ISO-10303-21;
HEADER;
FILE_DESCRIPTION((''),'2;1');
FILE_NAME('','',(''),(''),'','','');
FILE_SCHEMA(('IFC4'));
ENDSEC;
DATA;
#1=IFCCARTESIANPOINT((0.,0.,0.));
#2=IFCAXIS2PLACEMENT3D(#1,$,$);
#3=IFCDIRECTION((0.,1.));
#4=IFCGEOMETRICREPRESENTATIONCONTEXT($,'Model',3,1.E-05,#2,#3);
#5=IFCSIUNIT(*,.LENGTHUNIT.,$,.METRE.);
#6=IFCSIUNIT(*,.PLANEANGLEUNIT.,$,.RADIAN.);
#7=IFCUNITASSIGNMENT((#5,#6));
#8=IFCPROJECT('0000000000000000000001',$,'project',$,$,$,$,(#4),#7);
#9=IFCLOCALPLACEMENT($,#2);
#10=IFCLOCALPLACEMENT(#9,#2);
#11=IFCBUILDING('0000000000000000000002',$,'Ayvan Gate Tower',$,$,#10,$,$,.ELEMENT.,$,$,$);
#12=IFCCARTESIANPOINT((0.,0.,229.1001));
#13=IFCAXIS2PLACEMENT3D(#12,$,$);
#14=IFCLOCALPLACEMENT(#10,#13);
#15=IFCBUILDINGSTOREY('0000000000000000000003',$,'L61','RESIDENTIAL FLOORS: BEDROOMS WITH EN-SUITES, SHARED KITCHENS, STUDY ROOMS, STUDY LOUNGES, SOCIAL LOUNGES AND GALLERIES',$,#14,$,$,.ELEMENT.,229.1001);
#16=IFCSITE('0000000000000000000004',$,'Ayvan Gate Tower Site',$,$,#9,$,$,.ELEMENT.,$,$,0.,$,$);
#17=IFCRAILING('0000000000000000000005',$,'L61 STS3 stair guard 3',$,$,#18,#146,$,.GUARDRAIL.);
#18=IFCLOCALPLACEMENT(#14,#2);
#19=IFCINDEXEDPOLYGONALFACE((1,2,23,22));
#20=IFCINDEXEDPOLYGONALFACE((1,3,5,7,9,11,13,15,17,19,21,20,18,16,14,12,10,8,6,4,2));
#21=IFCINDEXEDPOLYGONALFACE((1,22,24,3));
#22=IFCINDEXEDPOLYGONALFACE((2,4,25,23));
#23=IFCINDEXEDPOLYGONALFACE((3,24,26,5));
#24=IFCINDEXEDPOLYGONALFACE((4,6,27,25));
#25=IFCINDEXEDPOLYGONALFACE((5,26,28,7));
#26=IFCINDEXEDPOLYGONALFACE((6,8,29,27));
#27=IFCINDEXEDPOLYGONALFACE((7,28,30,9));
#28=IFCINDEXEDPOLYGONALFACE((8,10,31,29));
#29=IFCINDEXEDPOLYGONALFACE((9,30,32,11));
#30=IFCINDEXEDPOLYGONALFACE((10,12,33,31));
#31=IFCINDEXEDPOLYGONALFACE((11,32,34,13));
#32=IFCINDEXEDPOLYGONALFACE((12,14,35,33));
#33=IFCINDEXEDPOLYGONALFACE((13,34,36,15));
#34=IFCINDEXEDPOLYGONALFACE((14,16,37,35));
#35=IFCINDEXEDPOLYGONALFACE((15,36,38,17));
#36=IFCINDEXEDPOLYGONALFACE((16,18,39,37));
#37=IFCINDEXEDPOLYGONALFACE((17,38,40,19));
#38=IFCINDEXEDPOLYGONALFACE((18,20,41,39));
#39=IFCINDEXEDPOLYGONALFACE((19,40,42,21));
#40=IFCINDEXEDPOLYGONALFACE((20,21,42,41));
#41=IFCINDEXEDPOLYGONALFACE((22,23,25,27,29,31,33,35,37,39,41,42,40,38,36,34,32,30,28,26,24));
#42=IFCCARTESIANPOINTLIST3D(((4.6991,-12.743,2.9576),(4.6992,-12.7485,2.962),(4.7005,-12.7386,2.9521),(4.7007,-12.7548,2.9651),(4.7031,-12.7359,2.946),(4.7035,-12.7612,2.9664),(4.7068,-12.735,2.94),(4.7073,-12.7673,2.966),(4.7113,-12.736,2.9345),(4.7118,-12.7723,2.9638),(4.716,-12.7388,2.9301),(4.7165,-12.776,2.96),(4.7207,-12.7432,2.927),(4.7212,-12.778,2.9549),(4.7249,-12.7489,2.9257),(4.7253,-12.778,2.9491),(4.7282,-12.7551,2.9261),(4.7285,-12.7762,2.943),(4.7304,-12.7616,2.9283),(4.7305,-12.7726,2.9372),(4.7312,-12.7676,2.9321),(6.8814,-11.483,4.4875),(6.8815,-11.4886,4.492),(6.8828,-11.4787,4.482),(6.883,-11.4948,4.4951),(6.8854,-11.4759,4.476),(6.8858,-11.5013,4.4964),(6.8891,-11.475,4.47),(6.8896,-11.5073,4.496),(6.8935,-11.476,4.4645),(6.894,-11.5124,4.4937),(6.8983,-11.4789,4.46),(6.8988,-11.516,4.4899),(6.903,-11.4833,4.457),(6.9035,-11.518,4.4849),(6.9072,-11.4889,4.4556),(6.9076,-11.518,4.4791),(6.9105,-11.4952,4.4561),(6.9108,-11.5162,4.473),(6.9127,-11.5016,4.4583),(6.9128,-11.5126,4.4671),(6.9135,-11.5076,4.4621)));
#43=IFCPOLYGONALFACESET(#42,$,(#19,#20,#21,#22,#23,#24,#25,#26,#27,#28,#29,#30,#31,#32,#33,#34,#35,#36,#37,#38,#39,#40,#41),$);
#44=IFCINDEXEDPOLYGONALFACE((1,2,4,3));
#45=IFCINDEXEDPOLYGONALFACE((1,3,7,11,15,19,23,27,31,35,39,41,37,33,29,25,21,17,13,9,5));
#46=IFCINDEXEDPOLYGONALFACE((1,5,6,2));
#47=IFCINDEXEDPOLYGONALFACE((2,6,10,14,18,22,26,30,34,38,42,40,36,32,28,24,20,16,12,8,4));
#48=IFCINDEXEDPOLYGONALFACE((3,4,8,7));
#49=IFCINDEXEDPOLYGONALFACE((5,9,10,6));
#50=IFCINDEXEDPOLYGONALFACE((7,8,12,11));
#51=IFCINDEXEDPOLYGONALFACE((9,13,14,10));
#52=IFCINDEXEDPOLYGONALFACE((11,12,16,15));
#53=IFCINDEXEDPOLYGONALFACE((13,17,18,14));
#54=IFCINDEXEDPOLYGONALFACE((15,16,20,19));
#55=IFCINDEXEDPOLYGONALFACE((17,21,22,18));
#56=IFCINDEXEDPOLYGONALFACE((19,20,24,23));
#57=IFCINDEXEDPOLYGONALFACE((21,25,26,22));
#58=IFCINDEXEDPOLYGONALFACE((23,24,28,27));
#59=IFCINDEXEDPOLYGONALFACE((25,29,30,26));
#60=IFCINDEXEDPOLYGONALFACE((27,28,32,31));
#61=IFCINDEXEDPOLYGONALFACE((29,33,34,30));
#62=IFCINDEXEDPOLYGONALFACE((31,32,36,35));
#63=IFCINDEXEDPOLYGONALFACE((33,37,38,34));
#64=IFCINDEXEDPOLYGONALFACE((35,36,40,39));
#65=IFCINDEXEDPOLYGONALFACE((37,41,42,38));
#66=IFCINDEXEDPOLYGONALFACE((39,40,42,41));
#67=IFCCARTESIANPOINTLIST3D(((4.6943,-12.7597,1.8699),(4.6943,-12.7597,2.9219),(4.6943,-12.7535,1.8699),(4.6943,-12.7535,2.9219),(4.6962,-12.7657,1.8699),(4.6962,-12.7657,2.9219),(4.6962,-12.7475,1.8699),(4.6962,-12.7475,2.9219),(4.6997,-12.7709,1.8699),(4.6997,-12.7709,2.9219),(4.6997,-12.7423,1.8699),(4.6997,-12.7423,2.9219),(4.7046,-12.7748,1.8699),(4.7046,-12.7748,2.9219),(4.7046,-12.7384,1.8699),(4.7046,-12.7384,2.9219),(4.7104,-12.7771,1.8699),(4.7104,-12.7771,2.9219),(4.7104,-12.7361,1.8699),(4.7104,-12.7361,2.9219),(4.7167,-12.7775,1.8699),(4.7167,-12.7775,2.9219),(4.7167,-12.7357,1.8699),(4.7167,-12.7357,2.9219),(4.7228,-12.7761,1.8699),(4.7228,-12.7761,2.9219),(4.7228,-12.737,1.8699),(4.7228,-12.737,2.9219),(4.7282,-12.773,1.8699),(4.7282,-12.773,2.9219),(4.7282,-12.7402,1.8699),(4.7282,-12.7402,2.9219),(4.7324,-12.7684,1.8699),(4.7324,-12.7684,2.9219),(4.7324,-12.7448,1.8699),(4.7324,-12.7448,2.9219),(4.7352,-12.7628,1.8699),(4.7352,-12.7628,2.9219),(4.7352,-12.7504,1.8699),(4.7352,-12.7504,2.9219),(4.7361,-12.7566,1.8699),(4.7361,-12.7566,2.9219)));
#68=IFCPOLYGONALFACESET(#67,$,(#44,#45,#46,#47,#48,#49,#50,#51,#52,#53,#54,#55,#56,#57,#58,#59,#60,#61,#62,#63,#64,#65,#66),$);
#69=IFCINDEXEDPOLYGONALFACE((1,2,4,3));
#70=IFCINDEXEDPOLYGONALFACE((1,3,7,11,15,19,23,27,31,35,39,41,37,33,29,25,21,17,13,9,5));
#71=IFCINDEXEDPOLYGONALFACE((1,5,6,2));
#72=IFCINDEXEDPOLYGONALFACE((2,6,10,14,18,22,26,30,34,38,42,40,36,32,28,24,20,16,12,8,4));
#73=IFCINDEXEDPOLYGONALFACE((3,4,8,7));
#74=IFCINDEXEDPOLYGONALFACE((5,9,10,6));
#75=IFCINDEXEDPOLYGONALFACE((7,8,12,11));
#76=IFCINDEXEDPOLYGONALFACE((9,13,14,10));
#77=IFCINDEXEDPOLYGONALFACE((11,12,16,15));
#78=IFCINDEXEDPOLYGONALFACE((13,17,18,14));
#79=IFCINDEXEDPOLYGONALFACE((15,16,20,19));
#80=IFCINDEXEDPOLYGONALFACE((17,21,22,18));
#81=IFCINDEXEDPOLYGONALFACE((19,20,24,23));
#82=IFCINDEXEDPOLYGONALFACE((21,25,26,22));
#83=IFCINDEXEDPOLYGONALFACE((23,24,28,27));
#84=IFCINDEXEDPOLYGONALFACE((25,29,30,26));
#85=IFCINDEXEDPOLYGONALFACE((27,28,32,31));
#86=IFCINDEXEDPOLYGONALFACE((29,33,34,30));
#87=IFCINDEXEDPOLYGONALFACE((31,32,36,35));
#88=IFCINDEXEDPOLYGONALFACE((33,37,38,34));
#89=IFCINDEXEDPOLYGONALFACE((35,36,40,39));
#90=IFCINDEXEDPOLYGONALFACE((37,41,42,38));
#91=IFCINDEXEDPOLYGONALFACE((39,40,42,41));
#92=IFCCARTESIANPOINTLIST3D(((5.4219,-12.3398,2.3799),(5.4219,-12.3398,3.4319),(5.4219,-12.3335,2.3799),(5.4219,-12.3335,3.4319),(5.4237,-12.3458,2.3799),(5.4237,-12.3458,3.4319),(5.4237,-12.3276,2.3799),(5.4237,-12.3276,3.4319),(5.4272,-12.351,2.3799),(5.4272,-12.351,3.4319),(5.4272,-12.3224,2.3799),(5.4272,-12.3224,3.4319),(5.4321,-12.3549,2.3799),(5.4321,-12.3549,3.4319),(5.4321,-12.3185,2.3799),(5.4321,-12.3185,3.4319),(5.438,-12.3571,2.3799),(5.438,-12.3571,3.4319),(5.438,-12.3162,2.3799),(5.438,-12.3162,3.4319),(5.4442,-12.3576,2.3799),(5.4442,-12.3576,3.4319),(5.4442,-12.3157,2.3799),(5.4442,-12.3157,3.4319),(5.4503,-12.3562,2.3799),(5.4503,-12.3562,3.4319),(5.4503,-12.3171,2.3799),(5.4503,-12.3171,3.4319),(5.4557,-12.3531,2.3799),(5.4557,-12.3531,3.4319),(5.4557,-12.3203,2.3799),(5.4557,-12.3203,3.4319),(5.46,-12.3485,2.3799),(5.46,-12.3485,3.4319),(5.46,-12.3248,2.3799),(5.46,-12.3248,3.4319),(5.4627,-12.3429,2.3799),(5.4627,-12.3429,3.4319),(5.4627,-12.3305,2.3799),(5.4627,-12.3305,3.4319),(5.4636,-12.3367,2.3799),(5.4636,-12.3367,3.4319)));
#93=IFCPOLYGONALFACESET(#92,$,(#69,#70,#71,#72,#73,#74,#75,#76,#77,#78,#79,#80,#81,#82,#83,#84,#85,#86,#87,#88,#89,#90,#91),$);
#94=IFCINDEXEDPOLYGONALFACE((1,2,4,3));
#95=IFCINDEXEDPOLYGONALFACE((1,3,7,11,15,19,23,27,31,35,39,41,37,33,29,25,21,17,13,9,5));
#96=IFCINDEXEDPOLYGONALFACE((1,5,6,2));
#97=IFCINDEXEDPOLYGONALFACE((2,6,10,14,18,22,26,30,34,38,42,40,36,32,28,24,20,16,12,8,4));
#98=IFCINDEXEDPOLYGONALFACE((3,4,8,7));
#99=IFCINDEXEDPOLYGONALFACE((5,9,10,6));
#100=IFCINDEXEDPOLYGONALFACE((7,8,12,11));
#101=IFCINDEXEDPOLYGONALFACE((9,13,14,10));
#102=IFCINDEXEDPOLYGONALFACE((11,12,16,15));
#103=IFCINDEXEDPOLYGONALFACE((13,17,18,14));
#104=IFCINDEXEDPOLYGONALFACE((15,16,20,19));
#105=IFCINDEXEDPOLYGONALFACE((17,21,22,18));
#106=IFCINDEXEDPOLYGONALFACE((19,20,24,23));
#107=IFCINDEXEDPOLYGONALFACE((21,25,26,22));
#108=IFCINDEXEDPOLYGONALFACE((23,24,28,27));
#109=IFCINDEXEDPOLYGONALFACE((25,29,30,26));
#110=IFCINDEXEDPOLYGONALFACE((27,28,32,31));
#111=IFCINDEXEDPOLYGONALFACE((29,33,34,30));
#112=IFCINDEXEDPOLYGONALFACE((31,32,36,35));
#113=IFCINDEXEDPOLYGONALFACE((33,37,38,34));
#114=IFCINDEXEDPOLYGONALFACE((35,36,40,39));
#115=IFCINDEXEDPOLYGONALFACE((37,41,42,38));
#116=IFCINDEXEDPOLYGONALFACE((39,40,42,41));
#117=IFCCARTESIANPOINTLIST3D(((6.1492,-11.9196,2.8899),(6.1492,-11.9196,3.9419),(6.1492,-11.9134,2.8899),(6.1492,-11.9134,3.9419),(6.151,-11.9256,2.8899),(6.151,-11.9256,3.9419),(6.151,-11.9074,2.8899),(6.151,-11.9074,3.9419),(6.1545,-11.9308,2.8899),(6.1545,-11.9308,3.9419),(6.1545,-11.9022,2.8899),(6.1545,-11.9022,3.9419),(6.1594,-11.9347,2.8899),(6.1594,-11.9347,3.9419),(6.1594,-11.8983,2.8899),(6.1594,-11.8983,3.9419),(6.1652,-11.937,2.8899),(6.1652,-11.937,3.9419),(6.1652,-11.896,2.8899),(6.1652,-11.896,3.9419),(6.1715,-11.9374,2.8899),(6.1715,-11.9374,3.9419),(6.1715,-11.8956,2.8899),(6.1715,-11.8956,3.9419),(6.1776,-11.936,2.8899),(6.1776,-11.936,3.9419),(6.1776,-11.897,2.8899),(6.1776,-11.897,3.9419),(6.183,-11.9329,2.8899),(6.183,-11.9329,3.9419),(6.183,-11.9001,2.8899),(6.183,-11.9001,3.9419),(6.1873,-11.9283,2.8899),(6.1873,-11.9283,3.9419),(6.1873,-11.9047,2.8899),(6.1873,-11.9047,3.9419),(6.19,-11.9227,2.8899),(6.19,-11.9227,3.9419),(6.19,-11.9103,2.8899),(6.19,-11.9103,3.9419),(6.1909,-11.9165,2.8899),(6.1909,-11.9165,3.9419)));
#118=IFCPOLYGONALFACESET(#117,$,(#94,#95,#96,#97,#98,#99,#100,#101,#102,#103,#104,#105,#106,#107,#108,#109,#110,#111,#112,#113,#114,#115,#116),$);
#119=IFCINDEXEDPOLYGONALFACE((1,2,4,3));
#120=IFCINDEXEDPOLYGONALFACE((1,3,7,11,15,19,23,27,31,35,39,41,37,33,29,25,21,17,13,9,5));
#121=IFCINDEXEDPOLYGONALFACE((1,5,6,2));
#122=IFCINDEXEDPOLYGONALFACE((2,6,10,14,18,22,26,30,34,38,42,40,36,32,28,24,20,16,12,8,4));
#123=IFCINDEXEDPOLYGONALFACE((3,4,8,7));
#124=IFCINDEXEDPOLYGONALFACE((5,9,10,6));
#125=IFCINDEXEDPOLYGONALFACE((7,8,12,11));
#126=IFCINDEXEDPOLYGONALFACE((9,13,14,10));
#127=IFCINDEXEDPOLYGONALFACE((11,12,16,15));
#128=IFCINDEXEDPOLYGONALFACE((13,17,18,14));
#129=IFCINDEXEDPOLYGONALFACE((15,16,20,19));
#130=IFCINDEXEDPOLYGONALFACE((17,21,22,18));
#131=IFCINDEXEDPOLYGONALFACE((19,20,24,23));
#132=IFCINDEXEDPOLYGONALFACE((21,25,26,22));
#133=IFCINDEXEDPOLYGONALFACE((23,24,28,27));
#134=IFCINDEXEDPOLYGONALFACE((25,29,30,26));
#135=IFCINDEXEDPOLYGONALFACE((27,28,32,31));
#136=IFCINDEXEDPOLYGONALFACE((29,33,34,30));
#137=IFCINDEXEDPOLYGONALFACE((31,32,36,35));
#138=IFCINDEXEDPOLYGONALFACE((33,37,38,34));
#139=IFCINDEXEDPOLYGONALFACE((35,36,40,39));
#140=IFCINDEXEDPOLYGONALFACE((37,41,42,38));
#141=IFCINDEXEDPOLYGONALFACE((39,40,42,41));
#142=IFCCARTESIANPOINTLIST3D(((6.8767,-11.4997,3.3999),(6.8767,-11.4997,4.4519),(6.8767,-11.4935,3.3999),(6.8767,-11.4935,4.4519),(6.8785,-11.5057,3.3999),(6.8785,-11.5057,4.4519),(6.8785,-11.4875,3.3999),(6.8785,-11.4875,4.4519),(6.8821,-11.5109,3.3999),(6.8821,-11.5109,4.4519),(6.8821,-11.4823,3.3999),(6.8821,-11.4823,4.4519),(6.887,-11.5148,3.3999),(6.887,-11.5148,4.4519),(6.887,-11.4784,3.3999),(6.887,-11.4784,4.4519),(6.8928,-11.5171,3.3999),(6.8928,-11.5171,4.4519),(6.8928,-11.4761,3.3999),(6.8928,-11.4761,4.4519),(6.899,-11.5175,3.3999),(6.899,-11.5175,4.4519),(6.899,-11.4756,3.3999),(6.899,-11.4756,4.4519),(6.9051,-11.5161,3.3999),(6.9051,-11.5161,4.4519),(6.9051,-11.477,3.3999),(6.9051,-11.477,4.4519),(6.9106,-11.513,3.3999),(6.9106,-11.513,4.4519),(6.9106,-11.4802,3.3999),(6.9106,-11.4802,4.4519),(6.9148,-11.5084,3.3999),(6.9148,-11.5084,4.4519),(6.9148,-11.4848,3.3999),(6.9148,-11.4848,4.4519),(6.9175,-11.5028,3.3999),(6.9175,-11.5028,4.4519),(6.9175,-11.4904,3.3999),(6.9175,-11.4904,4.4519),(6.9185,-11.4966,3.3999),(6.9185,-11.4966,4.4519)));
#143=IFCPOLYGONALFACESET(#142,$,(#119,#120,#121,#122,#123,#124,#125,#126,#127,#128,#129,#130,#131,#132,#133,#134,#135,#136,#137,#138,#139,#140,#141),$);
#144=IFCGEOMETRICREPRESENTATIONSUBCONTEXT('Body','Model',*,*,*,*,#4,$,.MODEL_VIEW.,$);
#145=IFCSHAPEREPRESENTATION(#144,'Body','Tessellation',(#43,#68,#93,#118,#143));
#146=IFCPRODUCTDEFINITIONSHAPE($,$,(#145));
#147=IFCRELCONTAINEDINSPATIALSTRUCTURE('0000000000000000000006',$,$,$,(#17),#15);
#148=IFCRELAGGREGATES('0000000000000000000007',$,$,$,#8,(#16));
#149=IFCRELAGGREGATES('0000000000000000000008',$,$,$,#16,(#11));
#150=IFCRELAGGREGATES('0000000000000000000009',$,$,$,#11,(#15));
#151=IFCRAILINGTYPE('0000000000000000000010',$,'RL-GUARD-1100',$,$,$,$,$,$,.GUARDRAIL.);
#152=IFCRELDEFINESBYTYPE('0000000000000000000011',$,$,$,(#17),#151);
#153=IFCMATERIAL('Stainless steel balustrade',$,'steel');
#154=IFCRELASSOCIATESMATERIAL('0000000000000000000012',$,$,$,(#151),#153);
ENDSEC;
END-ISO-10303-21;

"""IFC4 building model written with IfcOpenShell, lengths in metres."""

from ifc_helpers import new_model, si_unit, direction, frame, origin, origin_2d, place, context, subcontext, project, spatial, circle, extrude, material, type_object, element, save


model = new_model("IFC4")

# Units and contexts
model_context = context("Model", 3, precision=1e-05, world=origin(), true_north=direction((0.0, 1.0)))
body_context = subcontext(model_context, "Body", "Model", "MODEL_VIEW")
ifc_project = project(units=[si_unit("LENGTHUNIT", "METRE"), si_unit("PLANEANGLEUNIT", "RADIAN")], contexts=[model_context])

# Site, building, storey
site_placement = place(None, origin())
site = spatial("IfcSite", under=ifc_project, at=site_placement, Name="Ayvan Gate Tower Site", CompositionType="ELEMENT", RefElevation=0.0)
building_placement = place(site_placement, origin())
building = spatial("IfcBuilding", under=site, at=building_placement, Name="Ayvan Gate Tower", CompositionType="ELEMENT")
storey_placement = place(building_placement, frame((0.0, 0.0, 229.1001)))
storey = spatial("IfcBuildingStorey", under=building, at=storey_placement, Name="L61", Description="RESIDENTIAL FLOORS: BEDROOMS WITH EN-SUITES, SHARED KITCHENS, STUDY ROOMS, STUDY LOUNGES, SOCIAL LOUNGES AND GALLERIES", CompositionType="ELEMENT", Elevation=229.1001)

# Railing
ifc_material_1 = material(Name="Stainless steel balustrade", Category="steel")
railing_type_1 = type_object("IfcRailingType", Name="RL-GUARD-1100", PredefinedType="GUARDRAIL", material=ifc_material_1)
railing_1_placement = place(storey_placement, frame((4.7151, -12.7566, 1.8699)))
element("IfcRailing", 1, at=railing_1_placement, inside=storey, type_object=railing_type_1, Name="L61 STS3 stair guard 3", PredefinedType="GUARDRAIL", context=body_context, shape_type="SweptSolid", body=[
    extrude(circle(Radius=0.0239, at=origin_2d()), frame((0.0, 0.0, 1.0762), z_axis=(0.740261, 0.427395, 0.518986), x_axis=(-0.500005, 0.866023, 0.0)), (0.0, 0.0, 1.0), 2.948),
    extrude(circle(Radius=0.021, at=origin_2d()), origin(), (0.0, 0.0, 1.0), 1.052),
    extrude(circle(Radius=0.021, at=origin_2d()), frame((0.7275, 0.4199, 0.51)), (0.0, 0.0, 1.0), 1.052),
    extrude(circle(Radius=0.021, at=origin_2d()), frame((1.4548, 0.8401, 1.02)), (0.0, 0.0, 1.0), 1.052),
    extrude(circle(Radius=0.021, at=origin_2d()), frame((2.1824, 1.26, 1.53)), (0.0, 0.0, 1.0), 1.052),
])

save(model, "model.ifc")
